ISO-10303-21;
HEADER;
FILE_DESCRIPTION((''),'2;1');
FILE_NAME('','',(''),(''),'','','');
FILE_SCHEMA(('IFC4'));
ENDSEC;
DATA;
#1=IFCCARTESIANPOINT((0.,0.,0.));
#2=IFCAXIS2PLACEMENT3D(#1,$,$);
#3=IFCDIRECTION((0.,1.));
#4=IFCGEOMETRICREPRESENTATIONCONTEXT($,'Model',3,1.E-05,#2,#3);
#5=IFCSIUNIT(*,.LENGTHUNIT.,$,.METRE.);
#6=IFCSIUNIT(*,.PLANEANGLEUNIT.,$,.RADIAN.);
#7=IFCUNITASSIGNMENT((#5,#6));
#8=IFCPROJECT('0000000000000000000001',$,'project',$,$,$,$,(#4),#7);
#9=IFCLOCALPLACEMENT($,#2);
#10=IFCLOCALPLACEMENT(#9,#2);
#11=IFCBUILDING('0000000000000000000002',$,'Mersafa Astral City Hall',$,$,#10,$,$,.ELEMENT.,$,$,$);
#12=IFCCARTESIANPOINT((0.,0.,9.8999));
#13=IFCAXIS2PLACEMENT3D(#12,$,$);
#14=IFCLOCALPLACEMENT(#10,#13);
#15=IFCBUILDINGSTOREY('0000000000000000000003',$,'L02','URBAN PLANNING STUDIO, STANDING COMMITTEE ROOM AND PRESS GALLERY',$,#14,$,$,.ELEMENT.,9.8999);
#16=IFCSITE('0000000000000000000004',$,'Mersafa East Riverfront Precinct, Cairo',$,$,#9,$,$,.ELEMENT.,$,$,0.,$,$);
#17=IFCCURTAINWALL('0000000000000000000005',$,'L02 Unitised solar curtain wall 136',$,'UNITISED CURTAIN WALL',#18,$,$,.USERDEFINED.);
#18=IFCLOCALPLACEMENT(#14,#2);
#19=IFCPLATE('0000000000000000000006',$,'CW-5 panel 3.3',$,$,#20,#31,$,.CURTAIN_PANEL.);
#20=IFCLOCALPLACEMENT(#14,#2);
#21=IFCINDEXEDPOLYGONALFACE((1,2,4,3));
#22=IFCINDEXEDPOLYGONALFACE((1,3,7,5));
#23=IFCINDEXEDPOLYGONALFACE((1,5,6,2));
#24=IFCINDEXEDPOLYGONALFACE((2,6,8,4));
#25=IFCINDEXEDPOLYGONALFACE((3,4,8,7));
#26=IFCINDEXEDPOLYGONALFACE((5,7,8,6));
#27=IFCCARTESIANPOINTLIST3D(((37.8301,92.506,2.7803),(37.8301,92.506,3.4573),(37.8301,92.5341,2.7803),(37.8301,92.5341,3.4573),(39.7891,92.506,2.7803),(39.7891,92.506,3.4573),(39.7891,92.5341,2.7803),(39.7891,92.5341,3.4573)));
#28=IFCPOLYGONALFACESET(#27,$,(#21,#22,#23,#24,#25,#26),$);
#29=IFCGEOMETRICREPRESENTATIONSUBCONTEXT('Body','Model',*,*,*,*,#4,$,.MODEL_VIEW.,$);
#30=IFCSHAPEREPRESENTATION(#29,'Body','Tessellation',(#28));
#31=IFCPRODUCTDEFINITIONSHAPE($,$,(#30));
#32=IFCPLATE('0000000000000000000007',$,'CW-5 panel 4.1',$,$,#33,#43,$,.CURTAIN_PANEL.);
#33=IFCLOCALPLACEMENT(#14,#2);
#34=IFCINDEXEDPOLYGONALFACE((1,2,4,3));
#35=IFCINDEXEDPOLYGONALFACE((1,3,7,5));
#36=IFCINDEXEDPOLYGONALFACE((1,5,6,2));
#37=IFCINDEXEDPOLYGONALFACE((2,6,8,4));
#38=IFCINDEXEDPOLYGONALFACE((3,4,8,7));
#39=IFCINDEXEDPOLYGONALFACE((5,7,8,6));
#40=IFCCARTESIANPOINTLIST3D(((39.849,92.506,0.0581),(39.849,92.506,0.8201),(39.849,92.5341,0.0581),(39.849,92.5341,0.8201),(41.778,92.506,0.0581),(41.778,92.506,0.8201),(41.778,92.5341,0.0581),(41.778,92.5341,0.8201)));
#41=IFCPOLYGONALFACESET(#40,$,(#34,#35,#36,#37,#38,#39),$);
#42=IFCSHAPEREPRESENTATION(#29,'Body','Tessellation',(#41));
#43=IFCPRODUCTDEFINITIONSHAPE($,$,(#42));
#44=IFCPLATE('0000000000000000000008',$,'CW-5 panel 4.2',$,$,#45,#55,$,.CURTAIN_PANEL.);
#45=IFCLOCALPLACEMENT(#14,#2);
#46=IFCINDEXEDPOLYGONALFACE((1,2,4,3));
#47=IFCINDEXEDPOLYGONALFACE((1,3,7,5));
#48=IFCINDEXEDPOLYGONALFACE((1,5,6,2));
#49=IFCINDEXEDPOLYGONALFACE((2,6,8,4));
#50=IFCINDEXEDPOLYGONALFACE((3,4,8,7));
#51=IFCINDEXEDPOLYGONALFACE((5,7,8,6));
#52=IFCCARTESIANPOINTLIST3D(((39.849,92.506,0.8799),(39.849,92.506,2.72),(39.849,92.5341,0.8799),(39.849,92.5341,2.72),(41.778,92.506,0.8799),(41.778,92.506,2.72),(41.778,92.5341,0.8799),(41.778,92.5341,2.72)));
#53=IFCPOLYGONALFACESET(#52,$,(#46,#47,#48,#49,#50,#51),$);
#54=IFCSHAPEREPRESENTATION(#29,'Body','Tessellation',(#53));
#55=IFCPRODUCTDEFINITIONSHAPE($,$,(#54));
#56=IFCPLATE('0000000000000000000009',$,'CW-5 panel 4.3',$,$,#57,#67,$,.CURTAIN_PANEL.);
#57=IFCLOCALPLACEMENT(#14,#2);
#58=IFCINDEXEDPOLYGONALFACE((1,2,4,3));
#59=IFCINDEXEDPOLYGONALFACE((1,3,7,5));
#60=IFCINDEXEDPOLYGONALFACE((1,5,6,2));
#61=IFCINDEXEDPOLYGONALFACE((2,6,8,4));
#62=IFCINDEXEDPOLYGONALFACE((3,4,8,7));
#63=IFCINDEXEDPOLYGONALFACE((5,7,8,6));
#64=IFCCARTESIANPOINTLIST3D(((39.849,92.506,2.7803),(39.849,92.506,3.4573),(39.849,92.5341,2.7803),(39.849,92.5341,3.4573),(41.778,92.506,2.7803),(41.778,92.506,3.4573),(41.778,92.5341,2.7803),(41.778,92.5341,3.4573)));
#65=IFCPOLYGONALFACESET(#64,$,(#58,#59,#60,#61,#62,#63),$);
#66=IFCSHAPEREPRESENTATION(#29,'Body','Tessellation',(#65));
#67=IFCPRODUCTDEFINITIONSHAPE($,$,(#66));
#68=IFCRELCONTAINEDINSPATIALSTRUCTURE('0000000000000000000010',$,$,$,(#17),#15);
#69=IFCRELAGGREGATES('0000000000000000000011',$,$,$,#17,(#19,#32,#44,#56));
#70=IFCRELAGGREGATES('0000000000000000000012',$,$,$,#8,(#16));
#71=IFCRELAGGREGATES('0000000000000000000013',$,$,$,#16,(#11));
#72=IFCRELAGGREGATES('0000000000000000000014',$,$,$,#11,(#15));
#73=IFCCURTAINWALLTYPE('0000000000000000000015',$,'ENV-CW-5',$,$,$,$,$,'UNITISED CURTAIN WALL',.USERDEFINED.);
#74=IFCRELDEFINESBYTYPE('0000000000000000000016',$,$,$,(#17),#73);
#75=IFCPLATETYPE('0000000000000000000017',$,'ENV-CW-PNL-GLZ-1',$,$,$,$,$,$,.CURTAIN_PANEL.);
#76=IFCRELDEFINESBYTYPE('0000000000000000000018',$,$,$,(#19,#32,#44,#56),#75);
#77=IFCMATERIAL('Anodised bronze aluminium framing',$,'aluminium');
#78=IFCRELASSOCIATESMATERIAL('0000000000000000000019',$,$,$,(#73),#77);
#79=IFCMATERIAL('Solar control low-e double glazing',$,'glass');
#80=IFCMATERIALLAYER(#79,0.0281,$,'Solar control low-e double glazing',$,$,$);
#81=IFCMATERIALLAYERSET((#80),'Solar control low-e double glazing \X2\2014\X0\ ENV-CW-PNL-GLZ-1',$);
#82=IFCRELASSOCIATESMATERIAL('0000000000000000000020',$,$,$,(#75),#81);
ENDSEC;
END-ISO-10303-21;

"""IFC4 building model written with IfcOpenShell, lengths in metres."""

from ifc_helpers import new_model, si_unit, direction, frame, origin, origin_2d, place, context, subcontext, project, spatial, rectangle, extrude, material, layer, layer_set, type_object, element, aggregate, save


model = new_model("IFC4")

# Units and contexts
model_context = context("Model", 3, precision=1e-05, world=origin(), true_north=direction((0.0, 1.0)))
body_context = subcontext(model_context, "Body", "Model", "MODEL_VIEW")
ifc_project = project(units=[si_unit("LENGTHUNIT", "METRE"), si_unit("PLANEANGLEUNIT", "RADIAN")], contexts=[model_context])

# Site, building, storey
site_placement = place(None, origin())
site = spatial("IfcSite", under=ifc_project, at=site_placement, Name="Mersafa East Riverfront Precinct, Cairo", CompositionType="ELEMENT", RefElevation=0.0)
building_placement = place(site_placement, origin())
building = spatial("IfcBuilding", under=site, at=building_placement, Name="Mersafa Astral City Hall", CompositionType="ELEMENT")
storey_placement = place(building_placement, frame((0.0, 0.0, 9.8999)))
storey = spatial("IfcBuildingStorey", under=building, at=storey_placement, Name="L02", Description="URBAN PLANNING STUDIO, STANDING COMMITTEE ROOM AND PRESS GALLERY", CompositionType="ELEMENT", Elevation=9.8999)

# Curtain wall
ifc_material_1 = material(Name="Anodised bronze aluminium framing", Category="aluminium")
curtain_wall_type_1 = type_object("IfcCurtainWallType", Name="ENV-CW-5", ElementType="UNITISED CURTAIN WALL", PredefinedType="USERDEFINED", material=ifc_material_1)
curtain_wall_1_placement = place(storey_placement, origin())
curtain_wall_1 = element("IfcCurtainWall", 1, at=curtain_wall_1_placement, inside=storey, type_object=curtain_wall_type_1, Name="L02 Unitised solar curtain wall 136", ObjectType="UNITISED CURTAIN WALL", PredefinedType="USERDEFINED")

# Plates
ifc_material_2 = material(Name="Solar control low-e double glazing", Category="glass")
ifc_layer = layer(ifc_material_2, 0.0281, Name="Solar control low-e double glazing")
ifc_layer_set = layer_set([ifc_layer], Name="Solar control low-e double glazing — ENV-CW-PNL-GLZ-1")
plate_type = type_object("IfcPlateType", Name="ENV-CW-PNL-GLZ-1", PredefinedType="CURTAIN_PANEL", material=ifc_layer_set)
plate_1_placement = place(storey_placement, frame((38.8096, 92.52, 2.7803), z_axis=(0.0, 0.0, 1.0), x_axis=(1.0, 0.0, 0.0)))
plate_1 = element("IfcPlate", 2, at=plate_1_placement, type_object=plate_type, Name="CW-5 panel 3.3", PredefinedType="CURTAIN_PANEL", context=body_context, shape_type="SweptSolid", body=[
    extrude(rectangle(XDim=1.959, YDim=0.0281, at=origin_2d()), origin(), (0.0, 0.0, 1.0), 0.677),
])
plate_2_placement = place(storey_placement, frame((40.8135, 92.52, 0.0581), z_axis=(0.0, 0.0, 1.0), x_axis=(1.0, 0.0, 0.0)))
plate_2 = element("IfcPlate", 3, at=plate_2_placement, type_object=plate_type, Name="CW-5 panel 4.1", PredefinedType="CURTAIN_PANEL", context=body_context, shape_type="SweptSolid", body=[
    extrude(rectangle(XDim=1.929, YDim=0.0281, at=origin_2d()), origin(), (0.0, 0.0, 1.0), 0.762),
])
plate_3_placement = place(storey_placement, frame((40.8135, 92.52, 0.8799), z_axis=(0.0, 0.0, 1.0), x_axis=(1.0, 0.0, 0.0)))
plate_3 = element("IfcPlate", 4, at=plate_3_placement, type_object=plate_type, Name="CW-5 panel 4.2", PredefinedType="CURTAIN_PANEL", context=body_context, shape_type="SweptSolid", body=[
    extrude(rectangle(XDim=1.929, YDim=0.0281, at=origin_2d()), origin(), (0.0, 0.0, 1.0), 1.8401),
])
plate_4_placement = place(storey_placement, frame((40.8135, 92.52, 2.7803), z_axis=(0.0, 0.0, 1.0), x_axis=(1.0, 0.0, 0.0)))
plate_4 = element("IfcPlate", 5, at=plate_4_placement, type_object=plate_type, Name="CW-5 panel 4.3", PredefinedType="CURTAIN_PANEL", context=body_context, shape_type="SweptSolid", body=[
    extrude(rectangle(XDim=1.929, YDim=0.0281, at=origin_2d()), origin(), (0.0, 0.0, 1.0), 0.677),
])
aggregate(curtain_wall_1, [plate_1, plate_2, plate_3, plate_4])

save(model, "model.ifc")
